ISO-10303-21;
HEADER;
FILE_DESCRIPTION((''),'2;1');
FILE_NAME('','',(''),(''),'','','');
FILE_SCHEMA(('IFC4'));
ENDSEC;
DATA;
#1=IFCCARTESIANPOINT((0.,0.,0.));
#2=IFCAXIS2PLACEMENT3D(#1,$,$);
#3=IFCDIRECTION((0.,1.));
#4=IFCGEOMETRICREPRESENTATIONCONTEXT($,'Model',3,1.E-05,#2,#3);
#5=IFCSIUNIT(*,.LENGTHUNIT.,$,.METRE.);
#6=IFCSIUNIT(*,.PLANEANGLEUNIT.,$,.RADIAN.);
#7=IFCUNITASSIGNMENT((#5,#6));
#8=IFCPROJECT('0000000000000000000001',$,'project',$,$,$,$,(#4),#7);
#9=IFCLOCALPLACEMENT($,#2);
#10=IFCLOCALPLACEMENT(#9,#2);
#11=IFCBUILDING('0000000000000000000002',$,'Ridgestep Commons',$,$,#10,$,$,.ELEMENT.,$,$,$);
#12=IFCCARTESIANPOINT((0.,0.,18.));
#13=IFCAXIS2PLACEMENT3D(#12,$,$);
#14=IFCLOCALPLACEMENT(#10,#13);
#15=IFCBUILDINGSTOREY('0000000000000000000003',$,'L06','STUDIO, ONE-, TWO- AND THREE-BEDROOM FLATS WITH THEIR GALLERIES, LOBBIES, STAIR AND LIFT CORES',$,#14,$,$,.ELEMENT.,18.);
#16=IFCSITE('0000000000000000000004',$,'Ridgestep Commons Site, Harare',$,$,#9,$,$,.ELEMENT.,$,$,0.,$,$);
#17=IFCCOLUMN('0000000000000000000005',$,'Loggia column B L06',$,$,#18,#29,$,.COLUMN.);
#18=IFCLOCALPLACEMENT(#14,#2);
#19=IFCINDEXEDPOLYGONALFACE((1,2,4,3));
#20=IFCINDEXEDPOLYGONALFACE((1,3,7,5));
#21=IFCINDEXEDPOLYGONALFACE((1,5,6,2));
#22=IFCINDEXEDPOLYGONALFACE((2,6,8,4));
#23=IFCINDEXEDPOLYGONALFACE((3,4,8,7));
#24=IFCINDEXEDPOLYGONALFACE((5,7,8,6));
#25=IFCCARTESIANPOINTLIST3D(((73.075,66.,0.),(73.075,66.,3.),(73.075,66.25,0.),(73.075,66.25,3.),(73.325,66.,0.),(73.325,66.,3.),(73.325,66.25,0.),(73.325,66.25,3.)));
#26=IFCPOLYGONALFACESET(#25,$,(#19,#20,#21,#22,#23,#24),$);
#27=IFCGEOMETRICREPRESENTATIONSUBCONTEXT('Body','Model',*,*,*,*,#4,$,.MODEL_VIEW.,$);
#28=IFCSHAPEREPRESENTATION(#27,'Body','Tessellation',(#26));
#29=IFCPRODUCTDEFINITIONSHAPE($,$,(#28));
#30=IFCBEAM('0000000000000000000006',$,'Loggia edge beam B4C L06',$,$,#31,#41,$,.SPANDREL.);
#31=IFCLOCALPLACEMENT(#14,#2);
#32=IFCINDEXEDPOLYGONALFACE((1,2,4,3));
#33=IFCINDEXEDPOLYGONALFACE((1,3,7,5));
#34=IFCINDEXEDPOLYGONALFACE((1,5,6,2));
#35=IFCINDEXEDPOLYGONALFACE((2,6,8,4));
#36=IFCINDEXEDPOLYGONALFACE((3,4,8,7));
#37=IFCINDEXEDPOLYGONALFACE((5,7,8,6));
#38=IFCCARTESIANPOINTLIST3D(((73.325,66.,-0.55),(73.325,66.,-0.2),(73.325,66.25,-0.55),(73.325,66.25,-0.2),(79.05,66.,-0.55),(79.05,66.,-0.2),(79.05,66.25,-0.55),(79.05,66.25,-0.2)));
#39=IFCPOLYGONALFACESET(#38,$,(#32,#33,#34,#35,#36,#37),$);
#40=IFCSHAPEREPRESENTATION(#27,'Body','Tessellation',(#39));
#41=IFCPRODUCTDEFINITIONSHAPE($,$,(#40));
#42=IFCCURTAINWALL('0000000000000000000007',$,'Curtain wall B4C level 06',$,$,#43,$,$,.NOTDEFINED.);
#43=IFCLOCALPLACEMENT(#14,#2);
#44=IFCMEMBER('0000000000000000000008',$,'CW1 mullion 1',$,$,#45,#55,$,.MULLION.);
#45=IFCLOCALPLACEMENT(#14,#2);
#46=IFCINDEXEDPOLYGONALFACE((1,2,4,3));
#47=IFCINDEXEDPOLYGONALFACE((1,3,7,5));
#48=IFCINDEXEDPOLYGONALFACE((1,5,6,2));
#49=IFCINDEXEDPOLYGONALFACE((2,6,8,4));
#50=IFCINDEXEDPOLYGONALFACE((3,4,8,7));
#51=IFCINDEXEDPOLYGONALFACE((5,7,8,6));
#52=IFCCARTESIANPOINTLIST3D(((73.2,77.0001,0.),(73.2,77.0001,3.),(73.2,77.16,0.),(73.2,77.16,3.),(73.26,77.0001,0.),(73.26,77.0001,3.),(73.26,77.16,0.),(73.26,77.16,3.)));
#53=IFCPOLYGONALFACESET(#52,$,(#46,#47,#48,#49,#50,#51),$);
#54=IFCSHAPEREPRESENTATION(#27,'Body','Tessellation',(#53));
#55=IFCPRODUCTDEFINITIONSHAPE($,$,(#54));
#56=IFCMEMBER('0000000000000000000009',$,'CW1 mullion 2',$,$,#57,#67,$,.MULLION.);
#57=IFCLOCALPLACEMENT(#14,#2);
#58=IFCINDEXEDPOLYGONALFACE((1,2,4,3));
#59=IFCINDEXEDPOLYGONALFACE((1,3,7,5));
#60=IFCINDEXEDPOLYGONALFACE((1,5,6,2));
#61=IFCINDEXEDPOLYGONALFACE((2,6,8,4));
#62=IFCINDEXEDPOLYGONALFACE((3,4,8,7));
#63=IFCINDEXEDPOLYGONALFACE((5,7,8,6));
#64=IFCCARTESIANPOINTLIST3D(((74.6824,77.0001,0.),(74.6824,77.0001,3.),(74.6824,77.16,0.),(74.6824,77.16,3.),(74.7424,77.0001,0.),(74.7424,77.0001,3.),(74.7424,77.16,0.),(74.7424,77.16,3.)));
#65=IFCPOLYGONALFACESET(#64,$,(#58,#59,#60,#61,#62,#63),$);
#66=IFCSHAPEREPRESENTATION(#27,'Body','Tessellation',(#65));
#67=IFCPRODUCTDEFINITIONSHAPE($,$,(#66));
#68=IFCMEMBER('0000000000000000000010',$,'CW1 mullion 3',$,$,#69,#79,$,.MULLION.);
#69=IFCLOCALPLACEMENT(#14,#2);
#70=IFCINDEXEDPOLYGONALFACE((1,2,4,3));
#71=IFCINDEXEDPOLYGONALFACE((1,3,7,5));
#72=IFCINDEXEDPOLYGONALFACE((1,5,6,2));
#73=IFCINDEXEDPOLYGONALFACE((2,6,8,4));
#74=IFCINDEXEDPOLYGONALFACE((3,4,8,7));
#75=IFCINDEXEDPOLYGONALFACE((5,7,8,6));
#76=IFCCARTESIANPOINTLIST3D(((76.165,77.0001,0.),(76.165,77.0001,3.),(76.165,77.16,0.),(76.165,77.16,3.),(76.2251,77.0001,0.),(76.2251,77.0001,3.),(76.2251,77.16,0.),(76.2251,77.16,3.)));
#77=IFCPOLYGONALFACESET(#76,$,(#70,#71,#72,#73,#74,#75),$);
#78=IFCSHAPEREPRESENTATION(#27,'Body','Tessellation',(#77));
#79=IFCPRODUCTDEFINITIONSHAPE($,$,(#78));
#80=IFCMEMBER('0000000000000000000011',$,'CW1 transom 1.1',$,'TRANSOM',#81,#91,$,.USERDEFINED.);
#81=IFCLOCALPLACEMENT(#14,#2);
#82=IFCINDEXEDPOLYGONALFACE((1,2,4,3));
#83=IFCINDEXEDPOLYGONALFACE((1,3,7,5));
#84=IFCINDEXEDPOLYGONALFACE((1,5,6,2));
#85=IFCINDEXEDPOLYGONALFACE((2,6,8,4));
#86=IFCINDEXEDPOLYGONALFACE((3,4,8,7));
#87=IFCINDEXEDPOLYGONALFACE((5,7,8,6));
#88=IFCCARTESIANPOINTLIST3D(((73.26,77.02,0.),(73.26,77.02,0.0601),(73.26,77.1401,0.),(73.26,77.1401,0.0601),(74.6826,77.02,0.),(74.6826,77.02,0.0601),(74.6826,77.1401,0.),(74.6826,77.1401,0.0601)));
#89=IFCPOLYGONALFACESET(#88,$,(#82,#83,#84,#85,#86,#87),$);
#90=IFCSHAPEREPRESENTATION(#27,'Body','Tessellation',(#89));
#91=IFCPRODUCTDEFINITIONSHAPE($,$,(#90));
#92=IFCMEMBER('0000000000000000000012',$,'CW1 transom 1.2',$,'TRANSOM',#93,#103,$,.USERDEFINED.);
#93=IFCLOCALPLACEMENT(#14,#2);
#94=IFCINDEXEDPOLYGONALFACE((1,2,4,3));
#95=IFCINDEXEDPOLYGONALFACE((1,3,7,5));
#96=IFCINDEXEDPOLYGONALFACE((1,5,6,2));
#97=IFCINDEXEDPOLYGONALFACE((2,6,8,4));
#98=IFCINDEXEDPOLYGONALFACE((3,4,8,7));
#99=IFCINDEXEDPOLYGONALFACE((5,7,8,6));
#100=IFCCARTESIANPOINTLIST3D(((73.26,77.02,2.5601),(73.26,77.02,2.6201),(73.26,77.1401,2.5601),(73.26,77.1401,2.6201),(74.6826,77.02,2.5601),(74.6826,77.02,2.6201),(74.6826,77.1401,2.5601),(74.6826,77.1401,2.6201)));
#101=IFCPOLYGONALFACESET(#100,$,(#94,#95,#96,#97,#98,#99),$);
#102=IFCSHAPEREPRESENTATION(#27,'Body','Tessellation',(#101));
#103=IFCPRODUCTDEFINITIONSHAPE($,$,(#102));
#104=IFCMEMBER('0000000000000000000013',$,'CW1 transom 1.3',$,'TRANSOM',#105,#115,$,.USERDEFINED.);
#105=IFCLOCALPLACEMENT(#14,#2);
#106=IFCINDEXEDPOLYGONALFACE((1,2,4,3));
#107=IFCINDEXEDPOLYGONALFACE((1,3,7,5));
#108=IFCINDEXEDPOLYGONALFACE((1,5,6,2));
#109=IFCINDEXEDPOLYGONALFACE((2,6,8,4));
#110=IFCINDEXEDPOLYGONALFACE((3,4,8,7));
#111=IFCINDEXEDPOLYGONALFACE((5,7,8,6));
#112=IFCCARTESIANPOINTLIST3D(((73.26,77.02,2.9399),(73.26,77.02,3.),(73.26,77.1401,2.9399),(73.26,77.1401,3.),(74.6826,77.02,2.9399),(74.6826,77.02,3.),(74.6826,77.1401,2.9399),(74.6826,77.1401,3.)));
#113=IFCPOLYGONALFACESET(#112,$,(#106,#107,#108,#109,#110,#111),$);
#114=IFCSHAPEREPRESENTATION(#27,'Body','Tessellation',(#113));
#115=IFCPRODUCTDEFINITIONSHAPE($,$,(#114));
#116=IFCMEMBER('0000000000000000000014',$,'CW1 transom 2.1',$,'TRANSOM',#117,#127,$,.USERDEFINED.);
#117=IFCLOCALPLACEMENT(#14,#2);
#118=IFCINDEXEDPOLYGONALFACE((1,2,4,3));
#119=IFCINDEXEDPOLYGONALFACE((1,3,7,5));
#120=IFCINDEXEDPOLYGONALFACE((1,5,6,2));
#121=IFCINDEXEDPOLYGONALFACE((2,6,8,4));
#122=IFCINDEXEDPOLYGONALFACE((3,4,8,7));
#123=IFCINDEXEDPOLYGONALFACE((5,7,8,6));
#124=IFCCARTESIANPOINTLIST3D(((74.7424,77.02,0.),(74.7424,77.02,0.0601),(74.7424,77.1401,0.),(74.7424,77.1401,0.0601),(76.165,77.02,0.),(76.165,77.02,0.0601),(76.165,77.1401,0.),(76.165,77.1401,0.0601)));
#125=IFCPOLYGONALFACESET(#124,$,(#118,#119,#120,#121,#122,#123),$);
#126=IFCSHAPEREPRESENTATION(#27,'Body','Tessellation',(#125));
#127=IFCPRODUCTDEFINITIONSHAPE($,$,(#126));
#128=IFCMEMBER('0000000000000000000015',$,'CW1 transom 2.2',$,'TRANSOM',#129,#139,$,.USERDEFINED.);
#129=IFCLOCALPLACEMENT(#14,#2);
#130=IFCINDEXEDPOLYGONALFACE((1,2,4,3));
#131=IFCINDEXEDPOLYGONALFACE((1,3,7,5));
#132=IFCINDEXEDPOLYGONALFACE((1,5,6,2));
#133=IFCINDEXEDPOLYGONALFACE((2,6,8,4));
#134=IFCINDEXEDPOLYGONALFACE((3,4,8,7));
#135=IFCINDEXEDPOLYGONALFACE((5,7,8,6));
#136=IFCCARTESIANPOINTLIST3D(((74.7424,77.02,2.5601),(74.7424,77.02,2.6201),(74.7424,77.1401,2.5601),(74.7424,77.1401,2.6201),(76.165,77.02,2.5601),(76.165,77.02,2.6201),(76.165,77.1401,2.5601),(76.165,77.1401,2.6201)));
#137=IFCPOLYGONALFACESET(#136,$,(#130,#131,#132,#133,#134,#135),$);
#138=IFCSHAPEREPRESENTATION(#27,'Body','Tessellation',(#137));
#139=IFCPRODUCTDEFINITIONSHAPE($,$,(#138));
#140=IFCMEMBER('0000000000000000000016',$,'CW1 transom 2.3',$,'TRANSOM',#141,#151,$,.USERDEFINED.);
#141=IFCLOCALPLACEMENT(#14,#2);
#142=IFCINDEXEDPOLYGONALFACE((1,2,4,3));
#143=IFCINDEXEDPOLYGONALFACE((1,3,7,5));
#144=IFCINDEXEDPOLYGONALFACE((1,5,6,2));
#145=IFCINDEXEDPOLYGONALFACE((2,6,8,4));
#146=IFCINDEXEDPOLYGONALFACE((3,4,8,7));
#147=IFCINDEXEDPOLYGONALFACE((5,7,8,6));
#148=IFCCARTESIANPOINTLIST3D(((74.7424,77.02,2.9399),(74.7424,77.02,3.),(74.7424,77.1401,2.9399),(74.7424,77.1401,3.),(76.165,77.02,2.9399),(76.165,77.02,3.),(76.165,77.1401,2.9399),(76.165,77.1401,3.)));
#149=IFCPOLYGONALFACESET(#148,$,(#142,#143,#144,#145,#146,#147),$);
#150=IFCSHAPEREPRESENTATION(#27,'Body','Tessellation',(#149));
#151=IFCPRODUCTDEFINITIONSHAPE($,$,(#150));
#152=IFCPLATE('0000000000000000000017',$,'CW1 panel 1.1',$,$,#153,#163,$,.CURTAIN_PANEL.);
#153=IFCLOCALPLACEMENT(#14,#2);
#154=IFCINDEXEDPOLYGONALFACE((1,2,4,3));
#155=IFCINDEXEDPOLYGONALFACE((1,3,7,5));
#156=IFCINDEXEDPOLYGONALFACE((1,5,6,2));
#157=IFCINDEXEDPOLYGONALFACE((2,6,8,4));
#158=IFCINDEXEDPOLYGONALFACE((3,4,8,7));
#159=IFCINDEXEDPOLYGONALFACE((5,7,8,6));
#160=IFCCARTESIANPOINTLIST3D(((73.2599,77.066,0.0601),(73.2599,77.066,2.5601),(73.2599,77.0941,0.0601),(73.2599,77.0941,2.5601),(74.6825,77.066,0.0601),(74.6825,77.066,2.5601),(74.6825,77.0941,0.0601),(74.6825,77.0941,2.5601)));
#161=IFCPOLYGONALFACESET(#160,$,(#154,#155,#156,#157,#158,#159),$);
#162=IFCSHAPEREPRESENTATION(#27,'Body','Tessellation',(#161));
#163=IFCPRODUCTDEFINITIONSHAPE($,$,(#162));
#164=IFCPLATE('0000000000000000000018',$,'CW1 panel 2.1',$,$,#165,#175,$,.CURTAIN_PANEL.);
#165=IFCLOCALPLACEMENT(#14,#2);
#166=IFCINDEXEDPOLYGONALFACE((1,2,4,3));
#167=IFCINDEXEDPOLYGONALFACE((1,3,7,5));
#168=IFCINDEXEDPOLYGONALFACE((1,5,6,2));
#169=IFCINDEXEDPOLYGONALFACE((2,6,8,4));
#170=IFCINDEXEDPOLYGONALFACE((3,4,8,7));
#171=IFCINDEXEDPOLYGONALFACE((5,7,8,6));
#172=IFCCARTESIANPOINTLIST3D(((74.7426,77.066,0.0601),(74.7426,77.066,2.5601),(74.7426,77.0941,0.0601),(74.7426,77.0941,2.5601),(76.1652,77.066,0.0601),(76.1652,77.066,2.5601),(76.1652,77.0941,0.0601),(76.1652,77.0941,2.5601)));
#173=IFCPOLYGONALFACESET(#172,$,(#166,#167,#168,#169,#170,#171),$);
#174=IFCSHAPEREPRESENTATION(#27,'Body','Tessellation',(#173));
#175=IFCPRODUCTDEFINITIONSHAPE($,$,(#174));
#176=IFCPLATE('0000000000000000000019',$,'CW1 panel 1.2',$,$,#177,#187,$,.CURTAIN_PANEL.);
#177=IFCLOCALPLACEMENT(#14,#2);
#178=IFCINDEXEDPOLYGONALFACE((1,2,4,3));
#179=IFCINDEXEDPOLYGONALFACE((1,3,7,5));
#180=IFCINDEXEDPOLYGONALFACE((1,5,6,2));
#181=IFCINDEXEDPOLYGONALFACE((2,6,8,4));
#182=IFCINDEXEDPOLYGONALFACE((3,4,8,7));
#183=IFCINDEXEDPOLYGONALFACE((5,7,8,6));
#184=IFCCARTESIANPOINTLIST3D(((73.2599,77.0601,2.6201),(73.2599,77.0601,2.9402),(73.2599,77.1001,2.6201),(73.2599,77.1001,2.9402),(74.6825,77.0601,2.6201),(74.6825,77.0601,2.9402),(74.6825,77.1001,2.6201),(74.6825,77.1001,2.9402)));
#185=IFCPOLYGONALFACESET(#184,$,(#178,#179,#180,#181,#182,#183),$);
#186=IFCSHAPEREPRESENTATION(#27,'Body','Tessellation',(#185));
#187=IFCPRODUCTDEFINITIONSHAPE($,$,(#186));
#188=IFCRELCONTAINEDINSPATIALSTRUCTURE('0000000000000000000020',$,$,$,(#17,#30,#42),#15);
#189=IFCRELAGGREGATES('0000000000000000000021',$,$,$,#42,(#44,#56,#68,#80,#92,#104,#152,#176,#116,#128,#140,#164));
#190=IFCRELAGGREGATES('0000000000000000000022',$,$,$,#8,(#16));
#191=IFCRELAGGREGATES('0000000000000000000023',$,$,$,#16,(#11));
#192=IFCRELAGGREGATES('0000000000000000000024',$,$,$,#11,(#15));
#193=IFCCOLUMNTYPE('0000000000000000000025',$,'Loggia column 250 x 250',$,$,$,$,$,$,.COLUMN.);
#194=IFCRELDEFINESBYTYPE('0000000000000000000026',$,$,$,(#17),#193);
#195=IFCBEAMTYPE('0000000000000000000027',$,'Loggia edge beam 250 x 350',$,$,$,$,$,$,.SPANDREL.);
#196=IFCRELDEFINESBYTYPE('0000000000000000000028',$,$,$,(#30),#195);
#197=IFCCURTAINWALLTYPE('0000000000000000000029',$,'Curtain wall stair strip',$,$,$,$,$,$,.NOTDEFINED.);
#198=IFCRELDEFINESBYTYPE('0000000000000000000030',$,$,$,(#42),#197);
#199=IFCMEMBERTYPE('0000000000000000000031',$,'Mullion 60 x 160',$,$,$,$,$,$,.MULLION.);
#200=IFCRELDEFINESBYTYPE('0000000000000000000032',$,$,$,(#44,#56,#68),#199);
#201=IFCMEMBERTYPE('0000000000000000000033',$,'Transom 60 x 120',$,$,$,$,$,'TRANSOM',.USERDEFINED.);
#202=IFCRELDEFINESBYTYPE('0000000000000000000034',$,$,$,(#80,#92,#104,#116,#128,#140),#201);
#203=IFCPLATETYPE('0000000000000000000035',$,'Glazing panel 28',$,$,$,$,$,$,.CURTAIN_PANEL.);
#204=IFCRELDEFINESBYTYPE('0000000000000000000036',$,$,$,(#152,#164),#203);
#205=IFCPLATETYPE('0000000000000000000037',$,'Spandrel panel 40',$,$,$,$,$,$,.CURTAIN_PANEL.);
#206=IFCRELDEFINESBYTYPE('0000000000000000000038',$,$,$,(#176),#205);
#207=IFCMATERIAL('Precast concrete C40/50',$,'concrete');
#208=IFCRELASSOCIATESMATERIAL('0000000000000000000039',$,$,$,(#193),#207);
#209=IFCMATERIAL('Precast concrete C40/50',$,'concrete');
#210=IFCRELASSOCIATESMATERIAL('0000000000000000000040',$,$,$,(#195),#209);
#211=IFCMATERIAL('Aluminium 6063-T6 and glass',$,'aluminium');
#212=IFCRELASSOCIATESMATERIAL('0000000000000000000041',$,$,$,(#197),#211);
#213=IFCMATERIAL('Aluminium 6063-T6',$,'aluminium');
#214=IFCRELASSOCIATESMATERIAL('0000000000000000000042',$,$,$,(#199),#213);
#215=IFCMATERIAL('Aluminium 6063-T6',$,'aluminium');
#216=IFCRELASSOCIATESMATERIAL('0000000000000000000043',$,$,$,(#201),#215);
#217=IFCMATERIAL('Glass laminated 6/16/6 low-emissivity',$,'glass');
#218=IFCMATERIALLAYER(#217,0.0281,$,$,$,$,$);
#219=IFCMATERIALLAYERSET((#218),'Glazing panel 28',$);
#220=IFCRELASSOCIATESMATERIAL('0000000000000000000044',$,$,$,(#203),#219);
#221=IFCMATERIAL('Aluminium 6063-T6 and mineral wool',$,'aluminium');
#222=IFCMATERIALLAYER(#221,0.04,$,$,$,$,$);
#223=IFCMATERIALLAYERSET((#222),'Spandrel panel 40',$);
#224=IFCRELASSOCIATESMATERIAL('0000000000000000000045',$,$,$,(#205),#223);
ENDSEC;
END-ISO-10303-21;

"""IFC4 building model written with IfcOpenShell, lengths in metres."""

from ifc_helpers import new_model, si_unit, direction, frame, origin, origin_2d, place, context, subcontext, project, spatial, rectangle, extrude, material, layer, layer_set, material_profile, profile_set, type_object, element, aggregate, save


model = new_model("IFC4")

# Units and contexts
model_context = context("Model", 3, precision=1e-05, world=origin(), true_north=direction((0.0, 1.0)))
body_context = subcontext(model_context, "Body", "Model", "MODEL_VIEW")
ifc_project = project(units=[si_unit("LENGTHUNIT", "METRE"), si_unit("PLANEANGLEUNIT", "RADIAN")], contexts=[model_context])

# Site, building, storey
site_placement = place(None, origin())
site = spatial("IfcSite", under=ifc_project, at=site_placement, Name="Ridgestep Commons Site, Harare", CompositionType="ELEMENT", RefElevation=0.0)
building_placement = place(site_placement, origin())
building = spatial("IfcBuilding", under=site, at=building_placement, Name="Ridgestep Commons", CompositionType="ELEMENT")
storey_placement = place(building_placement, frame((0.0, 0.0, 18.0)))
storey = spatial("IfcBuildingStorey", under=building, at=storey_placement, Name="L06", Description="STUDIO, ONE-, TWO- AND THREE-BEDROOM FLATS WITH THEIR GALLERIES, LOBBIES, STAIR AND LIFT CORES", CompositionType="ELEMENT", Elevation=18.0)

# Column
ifc_material_1 = material(Name="Precast concrete C40/50", Category="concrete")
ifc_material_profile_1 = material_profile(ifc_material_1, rectangle(XDim=0.25, YDim=0.25, at=origin_2d()), Name="PC 250x250")
ifc_profile_set_1 = profile_set([ifc_material_profile_1], Name="Precast concrete C40/50")
column_type = type_object("IfcColumnType", Name="Loggia column 250 x 250", PredefinedType="COLUMN", material=ifc_profile_set_1)
column_placement = place(storey_placement, frame((73.2, 66.125, 0.0), z_axis=(0.0, 0.0, 1.0), x_axis=(1.0, 0.0, 0.0)))
element("IfcColumn", 1, at=column_placement, inside=storey, type_object=column_type, Name="Loggia column B L06", PredefinedType="COLUMN", context=body_context, shape_type="SweptSolid", body=[
    extrude(rectangle(XDim=0.25, YDim=0.25, at=origin_2d()), origin(), (0.0, 0.0, 1.0), 3.0),
])

# Beam
ifc_material_2 = material(Name="Precast concrete C40/50", Category="concrete")
ifc_material_profile_2 = material_profile(ifc_material_2, rectangle(XDim=0.25, YDim=0.3501, at=origin_2d()), Name="PC 250x350")
ifc_profile_set_2 = profile_set([ifc_material_profile_2], Name="Precast concrete C40/50")
beam_type = type_object("IfcBeamType", Name="Loggia edge beam 250 x 350", PredefinedType="SPANDREL", material=ifc_profile_set_2)
beam_placement = place(storey_placement, frame((73.325, 66.125, -0.375), z_axis=(1.0, 0.0, 0.0), x_axis=(0.0, 1.0, 0.0)))
element("IfcBeam", 2, at=beam_placement, inside=storey, type_object=beam_type, Name="Loggia edge beam B4C L06", PredefinedType="SPANDREL", context=body_context, shape_type="SweptSolid", body=[
    extrude(rectangle(XDim=0.25, YDim=0.3501, at=origin_2d()), origin(), (0.0, 0.0, 1.0), 5.7251),
])

# Curtain wall, members, plates
ifc_material_3 = material(Name="Aluminium 6063-T6 and glass", Category="aluminium")
curtain_wall_type = type_object("IfcCurtainWallType", Name="Curtain wall stair strip", PredefinedType="NOTDEFINED", material=ifc_material_3)
curtain_wall_placement = place(storey_placement, origin())
curtain_wall = element("IfcCurtainWall", 3, at=curtain_wall_placement, inside=storey, type_object=curtain_wall_type, Name="Curtain wall B4C level 06", PredefinedType="NOTDEFINED")
ifc_material_4 = material(Name="Aluminium 6063-T6", Category="aluminium")
ifc_material_profile_3 = material_profile(ifc_material_4, rectangle(XDim=0.1599, YDim=0.0601, at=origin_2d()), Name="Mullion 60 x 160")
ifc_profile_set_3 = profile_set([ifc_material_profile_3], Name="Aluminium 6063-T6")
member_type_1 = type_object("IfcMemberType", Name="Mullion 60 x 160", PredefinedType="MULLION", material=ifc_profile_set_3)
member_1_placement = place(storey_placement, frame((73.23, 77.0801, 0.0), z_axis=(0.0, 0.0, 1.0), x_axis=(0.0, 1.0, 0.0)))
member_1 = element("IfcMember", 4, at=member_1_placement, type_object=member_type_1, Name="CW1 mullion 1", PredefinedType="MULLION", context=body_context, shape_type="SweptSolid", body=[
    extrude(rectangle(XDim=0.1599, YDim=0.0601, at=origin_2d()), origin(), (0.0, 0.0, 1.0), 3.0),
])
member_2_placement = place(storey_placement, frame((74.7124, 77.0801, 0.0), z_axis=(0.0, 0.0, 1.0), x_axis=(0.0, 1.0, 0.0)))
member_2 = element("IfcMember", 5, at=member_2_placement, type_object=member_type_1, Name="CW1 mullion 2", PredefinedType="MULLION", context=body_context, shape_type="SweptSolid", body=[
    extrude(rectangle(XDim=0.1599, YDim=0.0601, at=origin_2d()), origin(), (0.0, 0.0, 1.0), 3.0),
])
member_3_placement = place(storey_placement, frame((76.1951, 77.0801, 0.0), z_axis=(0.0, 0.0, 1.0), x_axis=(0.0, 1.0, 0.0)))
member_3 = element("IfcMember", 6, at=member_3_placement, type_object=member_type_1, Name="CW1 mullion 3", PredefinedType="MULLION", context=body_context, shape_type="SweptSolid", body=[
    extrude(rectangle(XDim=0.1599, YDim=0.0601, at=origin_2d()), origin(), (0.0, 0.0, 1.0), 3.0),
])
ifc_material_5 = material(Name="Aluminium 6063-T6", Category="aluminium")
ifc_material_profile_4 = material_profile(ifc_material_5, rectangle(XDim=0.1201, YDim=0.0601, at=origin_2d()), Name="Transom 60 x 120")
ifc_profile_set_4 = profile_set([ifc_material_profile_4], Name="Aluminium 6063-T6")
member_type_2 = type_object("IfcMemberType", Name="Transom 60 x 120", ElementType="TRANSOM", PredefinedType="USERDEFINED", material=ifc_profile_set_4)
member_4_placement = place(storey_placement, frame((73.26, 77.0801, 0.03), z_axis=(1.0, 0.0, 0.0), x_axis=(0.0, 1.0, 0.0)))
member_4 = element("IfcMember", 7, at=member_4_placement, type_object=member_type_2, Name="CW1 transom 1.1", ObjectType="TRANSOM", PredefinedType="USERDEFINED", context=body_context, shape_type="SweptSolid", body=[
    extrude(rectangle(XDim=0.1201, YDim=0.0601, at=origin_2d()), origin(), (0.0, 0.0, 1.0), 1.4226),
])
member_5_placement = place(storey_placement, frame((73.26, 77.0801, 2.5901), z_axis=(1.0, 0.0, 0.0), x_axis=(0.0, 1.0, 0.0)))
member_5 = element("IfcMember", 8, at=member_5_placement, type_object=member_type_2, Name="CW1 transom 1.2", ObjectType="TRANSOM", PredefinedType="USERDEFINED", context=body_context, shape_type="SweptSolid", body=[
    extrude(rectangle(XDim=0.1201, YDim=0.0601, at=origin_2d()), origin(), (0.0, 0.0, 1.0), 1.4226),
])
member_6_placement = place(storey_placement, frame((73.26, 77.0801, 2.97), z_axis=(1.0, 0.0, 0.0), x_axis=(0.0, 1.0, 0.0)))
member_6 = element("IfcMember", 9, at=member_6_placement, type_object=member_type_2, Name="CW1 transom 1.3", ObjectType="TRANSOM", PredefinedType="USERDEFINED", context=body_context, shape_type="SweptSolid", body=[
    extrude(rectangle(XDim=0.1201, YDim=0.0601, at=origin_2d()), origin(), (0.0, 0.0, 1.0), 1.4226),
])
member_7_placement = place(storey_placement, frame((74.7424, 77.0801, 0.03), z_axis=(1.0, 0.0, 0.0), x_axis=(0.0, 1.0, 0.0)))
member_7 = element("IfcMember", 10, at=member_7_placement, type_object=member_type_2, Name="CW1 transom 2.1", ObjectType="TRANSOM", PredefinedType="USERDEFINED", context=body_context, shape_type="SweptSolid", body=[
    extrude(rectangle(XDim=0.1201, YDim=0.0601, at=origin_2d()), origin(), (0.0, 0.0, 1.0), 1.4226),
])
member_8_placement = place(storey_placement, frame((74.7424, 77.0801, 2.5901), z_axis=(1.0, 0.0, 0.0), x_axis=(0.0, 1.0, 0.0)))
member_8 = element("IfcMember", 11, at=member_8_placement, type_object=member_type_2, Name="CW1 transom 2.2", ObjectType="TRANSOM", PredefinedType="USERDEFINED", context=body_context, shape_type="SweptSolid", body=[
    extrude(rectangle(XDim=0.1201, YDim=0.0601, at=origin_2d()), origin(), (0.0, 0.0, 1.0), 1.4226),
])
member_9_placement = place(storey_placement, frame((74.7424, 77.0801, 2.97), z_axis=(1.0, 0.0, 0.0), x_axis=(0.0, 1.0, 0.0)))
member_9 = element("IfcMember", 12, at=member_9_placement, type_object=member_type_2, Name="CW1 transom 2.3", ObjectType="TRANSOM", PredefinedType="USERDEFINED", context=body_context, shape_type="SweptSolid", body=[
    extrude(rectangle(XDim=0.1201, YDim=0.0601, at=origin_2d()), origin(), (0.0, 0.0, 1.0), 1.4226),
])
ifc_material_6 = material(Name="Glass laminated 6/16/6 low-emissivity", Category="glass")
ifc_layer_1 = layer(ifc_material_6, 0.0281)
ifc_layer_set_1 = layer_set([ifc_layer_1], Name="Glazing panel 28")
plate_type_1 = type_object("IfcPlateType", Name="Glazing panel 28", PredefinedType="CURTAIN_PANEL", material=ifc_layer_set_1)
plate_1_placement = place(storey_placement, frame((73.9712, 77.0801, 0.0601), z_axis=(0.0, 0.0, 1.0), x_axis=(1.0, 0.0, 0.0)))
plate_1 = element("IfcPlate", 13, at=plate_1_placement, type_object=plate_type_1, Name="CW1 panel 1.1", PredefinedType="CURTAIN_PANEL", context=body_context, shape_type="SweptSolid", body=[
    extrude(rectangle(XDim=1.4226, YDim=0.0281, at=origin_2d()), origin(), (0.0, 0.0, 1.0), 2.5),
])
plate_2_placement = place(storey_placement, frame((75.4539, 77.0801, 0.0601), z_axis=(0.0, 0.0, 1.0), x_axis=(1.0, 0.0, 0.0)))
plate_2 = element("IfcPlate", 14, at=plate_2_placement, type_object=plate_type_1, Name="CW1 panel 2.1", PredefinedType="CURTAIN_PANEL", context=body_context, shape_type="SweptSolid", body=[
    extrude(rectangle(XDim=1.4226, YDim=0.0281, at=origin_2d()), origin(), (0.0, 0.0, 1.0), 2.5),
])
ifc_material_7 = material(Name="Aluminium 6063-T6 and mineral wool", Category="aluminium")
ifc_layer_2 = layer(ifc_material_7, 0.04)
ifc_layer_set_2 = layer_set([ifc_layer_2], Name="Spandrel panel 40")
plate_type_2 = type_object("IfcPlateType", Name="Spandrel panel 40", PredefinedType="CURTAIN_PANEL", material=ifc_layer_set_2)
plate_3_placement = place(storey_placement, frame((73.9712, 77.0801, 2.6201), z_axis=(0.0, 0.0, 1.0), x_axis=(1.0, 0.0, 0.0)))
plate_3 = element("IfcPlate", 15, at=plate_3_placement, type_object=plate_type_2, Name="CW1 panel 1.2", PredefinedType="CURTAIN_PANEL", context=body_context, shape_type="SweptSolid", body=[
    extrude(rectangle(XDim=1.4226, YDim=0.04, at=origin_2d()), origin(), (0.0, 0.0, 1.0), 0.3201),
])
aggregate(curtain_wall, [member_1, member_2, member_3, member_4, member_5, member_6, plate_1, plate_3, member_7, member_8, member_9, plate_2])

save(model, "model.ifc")
